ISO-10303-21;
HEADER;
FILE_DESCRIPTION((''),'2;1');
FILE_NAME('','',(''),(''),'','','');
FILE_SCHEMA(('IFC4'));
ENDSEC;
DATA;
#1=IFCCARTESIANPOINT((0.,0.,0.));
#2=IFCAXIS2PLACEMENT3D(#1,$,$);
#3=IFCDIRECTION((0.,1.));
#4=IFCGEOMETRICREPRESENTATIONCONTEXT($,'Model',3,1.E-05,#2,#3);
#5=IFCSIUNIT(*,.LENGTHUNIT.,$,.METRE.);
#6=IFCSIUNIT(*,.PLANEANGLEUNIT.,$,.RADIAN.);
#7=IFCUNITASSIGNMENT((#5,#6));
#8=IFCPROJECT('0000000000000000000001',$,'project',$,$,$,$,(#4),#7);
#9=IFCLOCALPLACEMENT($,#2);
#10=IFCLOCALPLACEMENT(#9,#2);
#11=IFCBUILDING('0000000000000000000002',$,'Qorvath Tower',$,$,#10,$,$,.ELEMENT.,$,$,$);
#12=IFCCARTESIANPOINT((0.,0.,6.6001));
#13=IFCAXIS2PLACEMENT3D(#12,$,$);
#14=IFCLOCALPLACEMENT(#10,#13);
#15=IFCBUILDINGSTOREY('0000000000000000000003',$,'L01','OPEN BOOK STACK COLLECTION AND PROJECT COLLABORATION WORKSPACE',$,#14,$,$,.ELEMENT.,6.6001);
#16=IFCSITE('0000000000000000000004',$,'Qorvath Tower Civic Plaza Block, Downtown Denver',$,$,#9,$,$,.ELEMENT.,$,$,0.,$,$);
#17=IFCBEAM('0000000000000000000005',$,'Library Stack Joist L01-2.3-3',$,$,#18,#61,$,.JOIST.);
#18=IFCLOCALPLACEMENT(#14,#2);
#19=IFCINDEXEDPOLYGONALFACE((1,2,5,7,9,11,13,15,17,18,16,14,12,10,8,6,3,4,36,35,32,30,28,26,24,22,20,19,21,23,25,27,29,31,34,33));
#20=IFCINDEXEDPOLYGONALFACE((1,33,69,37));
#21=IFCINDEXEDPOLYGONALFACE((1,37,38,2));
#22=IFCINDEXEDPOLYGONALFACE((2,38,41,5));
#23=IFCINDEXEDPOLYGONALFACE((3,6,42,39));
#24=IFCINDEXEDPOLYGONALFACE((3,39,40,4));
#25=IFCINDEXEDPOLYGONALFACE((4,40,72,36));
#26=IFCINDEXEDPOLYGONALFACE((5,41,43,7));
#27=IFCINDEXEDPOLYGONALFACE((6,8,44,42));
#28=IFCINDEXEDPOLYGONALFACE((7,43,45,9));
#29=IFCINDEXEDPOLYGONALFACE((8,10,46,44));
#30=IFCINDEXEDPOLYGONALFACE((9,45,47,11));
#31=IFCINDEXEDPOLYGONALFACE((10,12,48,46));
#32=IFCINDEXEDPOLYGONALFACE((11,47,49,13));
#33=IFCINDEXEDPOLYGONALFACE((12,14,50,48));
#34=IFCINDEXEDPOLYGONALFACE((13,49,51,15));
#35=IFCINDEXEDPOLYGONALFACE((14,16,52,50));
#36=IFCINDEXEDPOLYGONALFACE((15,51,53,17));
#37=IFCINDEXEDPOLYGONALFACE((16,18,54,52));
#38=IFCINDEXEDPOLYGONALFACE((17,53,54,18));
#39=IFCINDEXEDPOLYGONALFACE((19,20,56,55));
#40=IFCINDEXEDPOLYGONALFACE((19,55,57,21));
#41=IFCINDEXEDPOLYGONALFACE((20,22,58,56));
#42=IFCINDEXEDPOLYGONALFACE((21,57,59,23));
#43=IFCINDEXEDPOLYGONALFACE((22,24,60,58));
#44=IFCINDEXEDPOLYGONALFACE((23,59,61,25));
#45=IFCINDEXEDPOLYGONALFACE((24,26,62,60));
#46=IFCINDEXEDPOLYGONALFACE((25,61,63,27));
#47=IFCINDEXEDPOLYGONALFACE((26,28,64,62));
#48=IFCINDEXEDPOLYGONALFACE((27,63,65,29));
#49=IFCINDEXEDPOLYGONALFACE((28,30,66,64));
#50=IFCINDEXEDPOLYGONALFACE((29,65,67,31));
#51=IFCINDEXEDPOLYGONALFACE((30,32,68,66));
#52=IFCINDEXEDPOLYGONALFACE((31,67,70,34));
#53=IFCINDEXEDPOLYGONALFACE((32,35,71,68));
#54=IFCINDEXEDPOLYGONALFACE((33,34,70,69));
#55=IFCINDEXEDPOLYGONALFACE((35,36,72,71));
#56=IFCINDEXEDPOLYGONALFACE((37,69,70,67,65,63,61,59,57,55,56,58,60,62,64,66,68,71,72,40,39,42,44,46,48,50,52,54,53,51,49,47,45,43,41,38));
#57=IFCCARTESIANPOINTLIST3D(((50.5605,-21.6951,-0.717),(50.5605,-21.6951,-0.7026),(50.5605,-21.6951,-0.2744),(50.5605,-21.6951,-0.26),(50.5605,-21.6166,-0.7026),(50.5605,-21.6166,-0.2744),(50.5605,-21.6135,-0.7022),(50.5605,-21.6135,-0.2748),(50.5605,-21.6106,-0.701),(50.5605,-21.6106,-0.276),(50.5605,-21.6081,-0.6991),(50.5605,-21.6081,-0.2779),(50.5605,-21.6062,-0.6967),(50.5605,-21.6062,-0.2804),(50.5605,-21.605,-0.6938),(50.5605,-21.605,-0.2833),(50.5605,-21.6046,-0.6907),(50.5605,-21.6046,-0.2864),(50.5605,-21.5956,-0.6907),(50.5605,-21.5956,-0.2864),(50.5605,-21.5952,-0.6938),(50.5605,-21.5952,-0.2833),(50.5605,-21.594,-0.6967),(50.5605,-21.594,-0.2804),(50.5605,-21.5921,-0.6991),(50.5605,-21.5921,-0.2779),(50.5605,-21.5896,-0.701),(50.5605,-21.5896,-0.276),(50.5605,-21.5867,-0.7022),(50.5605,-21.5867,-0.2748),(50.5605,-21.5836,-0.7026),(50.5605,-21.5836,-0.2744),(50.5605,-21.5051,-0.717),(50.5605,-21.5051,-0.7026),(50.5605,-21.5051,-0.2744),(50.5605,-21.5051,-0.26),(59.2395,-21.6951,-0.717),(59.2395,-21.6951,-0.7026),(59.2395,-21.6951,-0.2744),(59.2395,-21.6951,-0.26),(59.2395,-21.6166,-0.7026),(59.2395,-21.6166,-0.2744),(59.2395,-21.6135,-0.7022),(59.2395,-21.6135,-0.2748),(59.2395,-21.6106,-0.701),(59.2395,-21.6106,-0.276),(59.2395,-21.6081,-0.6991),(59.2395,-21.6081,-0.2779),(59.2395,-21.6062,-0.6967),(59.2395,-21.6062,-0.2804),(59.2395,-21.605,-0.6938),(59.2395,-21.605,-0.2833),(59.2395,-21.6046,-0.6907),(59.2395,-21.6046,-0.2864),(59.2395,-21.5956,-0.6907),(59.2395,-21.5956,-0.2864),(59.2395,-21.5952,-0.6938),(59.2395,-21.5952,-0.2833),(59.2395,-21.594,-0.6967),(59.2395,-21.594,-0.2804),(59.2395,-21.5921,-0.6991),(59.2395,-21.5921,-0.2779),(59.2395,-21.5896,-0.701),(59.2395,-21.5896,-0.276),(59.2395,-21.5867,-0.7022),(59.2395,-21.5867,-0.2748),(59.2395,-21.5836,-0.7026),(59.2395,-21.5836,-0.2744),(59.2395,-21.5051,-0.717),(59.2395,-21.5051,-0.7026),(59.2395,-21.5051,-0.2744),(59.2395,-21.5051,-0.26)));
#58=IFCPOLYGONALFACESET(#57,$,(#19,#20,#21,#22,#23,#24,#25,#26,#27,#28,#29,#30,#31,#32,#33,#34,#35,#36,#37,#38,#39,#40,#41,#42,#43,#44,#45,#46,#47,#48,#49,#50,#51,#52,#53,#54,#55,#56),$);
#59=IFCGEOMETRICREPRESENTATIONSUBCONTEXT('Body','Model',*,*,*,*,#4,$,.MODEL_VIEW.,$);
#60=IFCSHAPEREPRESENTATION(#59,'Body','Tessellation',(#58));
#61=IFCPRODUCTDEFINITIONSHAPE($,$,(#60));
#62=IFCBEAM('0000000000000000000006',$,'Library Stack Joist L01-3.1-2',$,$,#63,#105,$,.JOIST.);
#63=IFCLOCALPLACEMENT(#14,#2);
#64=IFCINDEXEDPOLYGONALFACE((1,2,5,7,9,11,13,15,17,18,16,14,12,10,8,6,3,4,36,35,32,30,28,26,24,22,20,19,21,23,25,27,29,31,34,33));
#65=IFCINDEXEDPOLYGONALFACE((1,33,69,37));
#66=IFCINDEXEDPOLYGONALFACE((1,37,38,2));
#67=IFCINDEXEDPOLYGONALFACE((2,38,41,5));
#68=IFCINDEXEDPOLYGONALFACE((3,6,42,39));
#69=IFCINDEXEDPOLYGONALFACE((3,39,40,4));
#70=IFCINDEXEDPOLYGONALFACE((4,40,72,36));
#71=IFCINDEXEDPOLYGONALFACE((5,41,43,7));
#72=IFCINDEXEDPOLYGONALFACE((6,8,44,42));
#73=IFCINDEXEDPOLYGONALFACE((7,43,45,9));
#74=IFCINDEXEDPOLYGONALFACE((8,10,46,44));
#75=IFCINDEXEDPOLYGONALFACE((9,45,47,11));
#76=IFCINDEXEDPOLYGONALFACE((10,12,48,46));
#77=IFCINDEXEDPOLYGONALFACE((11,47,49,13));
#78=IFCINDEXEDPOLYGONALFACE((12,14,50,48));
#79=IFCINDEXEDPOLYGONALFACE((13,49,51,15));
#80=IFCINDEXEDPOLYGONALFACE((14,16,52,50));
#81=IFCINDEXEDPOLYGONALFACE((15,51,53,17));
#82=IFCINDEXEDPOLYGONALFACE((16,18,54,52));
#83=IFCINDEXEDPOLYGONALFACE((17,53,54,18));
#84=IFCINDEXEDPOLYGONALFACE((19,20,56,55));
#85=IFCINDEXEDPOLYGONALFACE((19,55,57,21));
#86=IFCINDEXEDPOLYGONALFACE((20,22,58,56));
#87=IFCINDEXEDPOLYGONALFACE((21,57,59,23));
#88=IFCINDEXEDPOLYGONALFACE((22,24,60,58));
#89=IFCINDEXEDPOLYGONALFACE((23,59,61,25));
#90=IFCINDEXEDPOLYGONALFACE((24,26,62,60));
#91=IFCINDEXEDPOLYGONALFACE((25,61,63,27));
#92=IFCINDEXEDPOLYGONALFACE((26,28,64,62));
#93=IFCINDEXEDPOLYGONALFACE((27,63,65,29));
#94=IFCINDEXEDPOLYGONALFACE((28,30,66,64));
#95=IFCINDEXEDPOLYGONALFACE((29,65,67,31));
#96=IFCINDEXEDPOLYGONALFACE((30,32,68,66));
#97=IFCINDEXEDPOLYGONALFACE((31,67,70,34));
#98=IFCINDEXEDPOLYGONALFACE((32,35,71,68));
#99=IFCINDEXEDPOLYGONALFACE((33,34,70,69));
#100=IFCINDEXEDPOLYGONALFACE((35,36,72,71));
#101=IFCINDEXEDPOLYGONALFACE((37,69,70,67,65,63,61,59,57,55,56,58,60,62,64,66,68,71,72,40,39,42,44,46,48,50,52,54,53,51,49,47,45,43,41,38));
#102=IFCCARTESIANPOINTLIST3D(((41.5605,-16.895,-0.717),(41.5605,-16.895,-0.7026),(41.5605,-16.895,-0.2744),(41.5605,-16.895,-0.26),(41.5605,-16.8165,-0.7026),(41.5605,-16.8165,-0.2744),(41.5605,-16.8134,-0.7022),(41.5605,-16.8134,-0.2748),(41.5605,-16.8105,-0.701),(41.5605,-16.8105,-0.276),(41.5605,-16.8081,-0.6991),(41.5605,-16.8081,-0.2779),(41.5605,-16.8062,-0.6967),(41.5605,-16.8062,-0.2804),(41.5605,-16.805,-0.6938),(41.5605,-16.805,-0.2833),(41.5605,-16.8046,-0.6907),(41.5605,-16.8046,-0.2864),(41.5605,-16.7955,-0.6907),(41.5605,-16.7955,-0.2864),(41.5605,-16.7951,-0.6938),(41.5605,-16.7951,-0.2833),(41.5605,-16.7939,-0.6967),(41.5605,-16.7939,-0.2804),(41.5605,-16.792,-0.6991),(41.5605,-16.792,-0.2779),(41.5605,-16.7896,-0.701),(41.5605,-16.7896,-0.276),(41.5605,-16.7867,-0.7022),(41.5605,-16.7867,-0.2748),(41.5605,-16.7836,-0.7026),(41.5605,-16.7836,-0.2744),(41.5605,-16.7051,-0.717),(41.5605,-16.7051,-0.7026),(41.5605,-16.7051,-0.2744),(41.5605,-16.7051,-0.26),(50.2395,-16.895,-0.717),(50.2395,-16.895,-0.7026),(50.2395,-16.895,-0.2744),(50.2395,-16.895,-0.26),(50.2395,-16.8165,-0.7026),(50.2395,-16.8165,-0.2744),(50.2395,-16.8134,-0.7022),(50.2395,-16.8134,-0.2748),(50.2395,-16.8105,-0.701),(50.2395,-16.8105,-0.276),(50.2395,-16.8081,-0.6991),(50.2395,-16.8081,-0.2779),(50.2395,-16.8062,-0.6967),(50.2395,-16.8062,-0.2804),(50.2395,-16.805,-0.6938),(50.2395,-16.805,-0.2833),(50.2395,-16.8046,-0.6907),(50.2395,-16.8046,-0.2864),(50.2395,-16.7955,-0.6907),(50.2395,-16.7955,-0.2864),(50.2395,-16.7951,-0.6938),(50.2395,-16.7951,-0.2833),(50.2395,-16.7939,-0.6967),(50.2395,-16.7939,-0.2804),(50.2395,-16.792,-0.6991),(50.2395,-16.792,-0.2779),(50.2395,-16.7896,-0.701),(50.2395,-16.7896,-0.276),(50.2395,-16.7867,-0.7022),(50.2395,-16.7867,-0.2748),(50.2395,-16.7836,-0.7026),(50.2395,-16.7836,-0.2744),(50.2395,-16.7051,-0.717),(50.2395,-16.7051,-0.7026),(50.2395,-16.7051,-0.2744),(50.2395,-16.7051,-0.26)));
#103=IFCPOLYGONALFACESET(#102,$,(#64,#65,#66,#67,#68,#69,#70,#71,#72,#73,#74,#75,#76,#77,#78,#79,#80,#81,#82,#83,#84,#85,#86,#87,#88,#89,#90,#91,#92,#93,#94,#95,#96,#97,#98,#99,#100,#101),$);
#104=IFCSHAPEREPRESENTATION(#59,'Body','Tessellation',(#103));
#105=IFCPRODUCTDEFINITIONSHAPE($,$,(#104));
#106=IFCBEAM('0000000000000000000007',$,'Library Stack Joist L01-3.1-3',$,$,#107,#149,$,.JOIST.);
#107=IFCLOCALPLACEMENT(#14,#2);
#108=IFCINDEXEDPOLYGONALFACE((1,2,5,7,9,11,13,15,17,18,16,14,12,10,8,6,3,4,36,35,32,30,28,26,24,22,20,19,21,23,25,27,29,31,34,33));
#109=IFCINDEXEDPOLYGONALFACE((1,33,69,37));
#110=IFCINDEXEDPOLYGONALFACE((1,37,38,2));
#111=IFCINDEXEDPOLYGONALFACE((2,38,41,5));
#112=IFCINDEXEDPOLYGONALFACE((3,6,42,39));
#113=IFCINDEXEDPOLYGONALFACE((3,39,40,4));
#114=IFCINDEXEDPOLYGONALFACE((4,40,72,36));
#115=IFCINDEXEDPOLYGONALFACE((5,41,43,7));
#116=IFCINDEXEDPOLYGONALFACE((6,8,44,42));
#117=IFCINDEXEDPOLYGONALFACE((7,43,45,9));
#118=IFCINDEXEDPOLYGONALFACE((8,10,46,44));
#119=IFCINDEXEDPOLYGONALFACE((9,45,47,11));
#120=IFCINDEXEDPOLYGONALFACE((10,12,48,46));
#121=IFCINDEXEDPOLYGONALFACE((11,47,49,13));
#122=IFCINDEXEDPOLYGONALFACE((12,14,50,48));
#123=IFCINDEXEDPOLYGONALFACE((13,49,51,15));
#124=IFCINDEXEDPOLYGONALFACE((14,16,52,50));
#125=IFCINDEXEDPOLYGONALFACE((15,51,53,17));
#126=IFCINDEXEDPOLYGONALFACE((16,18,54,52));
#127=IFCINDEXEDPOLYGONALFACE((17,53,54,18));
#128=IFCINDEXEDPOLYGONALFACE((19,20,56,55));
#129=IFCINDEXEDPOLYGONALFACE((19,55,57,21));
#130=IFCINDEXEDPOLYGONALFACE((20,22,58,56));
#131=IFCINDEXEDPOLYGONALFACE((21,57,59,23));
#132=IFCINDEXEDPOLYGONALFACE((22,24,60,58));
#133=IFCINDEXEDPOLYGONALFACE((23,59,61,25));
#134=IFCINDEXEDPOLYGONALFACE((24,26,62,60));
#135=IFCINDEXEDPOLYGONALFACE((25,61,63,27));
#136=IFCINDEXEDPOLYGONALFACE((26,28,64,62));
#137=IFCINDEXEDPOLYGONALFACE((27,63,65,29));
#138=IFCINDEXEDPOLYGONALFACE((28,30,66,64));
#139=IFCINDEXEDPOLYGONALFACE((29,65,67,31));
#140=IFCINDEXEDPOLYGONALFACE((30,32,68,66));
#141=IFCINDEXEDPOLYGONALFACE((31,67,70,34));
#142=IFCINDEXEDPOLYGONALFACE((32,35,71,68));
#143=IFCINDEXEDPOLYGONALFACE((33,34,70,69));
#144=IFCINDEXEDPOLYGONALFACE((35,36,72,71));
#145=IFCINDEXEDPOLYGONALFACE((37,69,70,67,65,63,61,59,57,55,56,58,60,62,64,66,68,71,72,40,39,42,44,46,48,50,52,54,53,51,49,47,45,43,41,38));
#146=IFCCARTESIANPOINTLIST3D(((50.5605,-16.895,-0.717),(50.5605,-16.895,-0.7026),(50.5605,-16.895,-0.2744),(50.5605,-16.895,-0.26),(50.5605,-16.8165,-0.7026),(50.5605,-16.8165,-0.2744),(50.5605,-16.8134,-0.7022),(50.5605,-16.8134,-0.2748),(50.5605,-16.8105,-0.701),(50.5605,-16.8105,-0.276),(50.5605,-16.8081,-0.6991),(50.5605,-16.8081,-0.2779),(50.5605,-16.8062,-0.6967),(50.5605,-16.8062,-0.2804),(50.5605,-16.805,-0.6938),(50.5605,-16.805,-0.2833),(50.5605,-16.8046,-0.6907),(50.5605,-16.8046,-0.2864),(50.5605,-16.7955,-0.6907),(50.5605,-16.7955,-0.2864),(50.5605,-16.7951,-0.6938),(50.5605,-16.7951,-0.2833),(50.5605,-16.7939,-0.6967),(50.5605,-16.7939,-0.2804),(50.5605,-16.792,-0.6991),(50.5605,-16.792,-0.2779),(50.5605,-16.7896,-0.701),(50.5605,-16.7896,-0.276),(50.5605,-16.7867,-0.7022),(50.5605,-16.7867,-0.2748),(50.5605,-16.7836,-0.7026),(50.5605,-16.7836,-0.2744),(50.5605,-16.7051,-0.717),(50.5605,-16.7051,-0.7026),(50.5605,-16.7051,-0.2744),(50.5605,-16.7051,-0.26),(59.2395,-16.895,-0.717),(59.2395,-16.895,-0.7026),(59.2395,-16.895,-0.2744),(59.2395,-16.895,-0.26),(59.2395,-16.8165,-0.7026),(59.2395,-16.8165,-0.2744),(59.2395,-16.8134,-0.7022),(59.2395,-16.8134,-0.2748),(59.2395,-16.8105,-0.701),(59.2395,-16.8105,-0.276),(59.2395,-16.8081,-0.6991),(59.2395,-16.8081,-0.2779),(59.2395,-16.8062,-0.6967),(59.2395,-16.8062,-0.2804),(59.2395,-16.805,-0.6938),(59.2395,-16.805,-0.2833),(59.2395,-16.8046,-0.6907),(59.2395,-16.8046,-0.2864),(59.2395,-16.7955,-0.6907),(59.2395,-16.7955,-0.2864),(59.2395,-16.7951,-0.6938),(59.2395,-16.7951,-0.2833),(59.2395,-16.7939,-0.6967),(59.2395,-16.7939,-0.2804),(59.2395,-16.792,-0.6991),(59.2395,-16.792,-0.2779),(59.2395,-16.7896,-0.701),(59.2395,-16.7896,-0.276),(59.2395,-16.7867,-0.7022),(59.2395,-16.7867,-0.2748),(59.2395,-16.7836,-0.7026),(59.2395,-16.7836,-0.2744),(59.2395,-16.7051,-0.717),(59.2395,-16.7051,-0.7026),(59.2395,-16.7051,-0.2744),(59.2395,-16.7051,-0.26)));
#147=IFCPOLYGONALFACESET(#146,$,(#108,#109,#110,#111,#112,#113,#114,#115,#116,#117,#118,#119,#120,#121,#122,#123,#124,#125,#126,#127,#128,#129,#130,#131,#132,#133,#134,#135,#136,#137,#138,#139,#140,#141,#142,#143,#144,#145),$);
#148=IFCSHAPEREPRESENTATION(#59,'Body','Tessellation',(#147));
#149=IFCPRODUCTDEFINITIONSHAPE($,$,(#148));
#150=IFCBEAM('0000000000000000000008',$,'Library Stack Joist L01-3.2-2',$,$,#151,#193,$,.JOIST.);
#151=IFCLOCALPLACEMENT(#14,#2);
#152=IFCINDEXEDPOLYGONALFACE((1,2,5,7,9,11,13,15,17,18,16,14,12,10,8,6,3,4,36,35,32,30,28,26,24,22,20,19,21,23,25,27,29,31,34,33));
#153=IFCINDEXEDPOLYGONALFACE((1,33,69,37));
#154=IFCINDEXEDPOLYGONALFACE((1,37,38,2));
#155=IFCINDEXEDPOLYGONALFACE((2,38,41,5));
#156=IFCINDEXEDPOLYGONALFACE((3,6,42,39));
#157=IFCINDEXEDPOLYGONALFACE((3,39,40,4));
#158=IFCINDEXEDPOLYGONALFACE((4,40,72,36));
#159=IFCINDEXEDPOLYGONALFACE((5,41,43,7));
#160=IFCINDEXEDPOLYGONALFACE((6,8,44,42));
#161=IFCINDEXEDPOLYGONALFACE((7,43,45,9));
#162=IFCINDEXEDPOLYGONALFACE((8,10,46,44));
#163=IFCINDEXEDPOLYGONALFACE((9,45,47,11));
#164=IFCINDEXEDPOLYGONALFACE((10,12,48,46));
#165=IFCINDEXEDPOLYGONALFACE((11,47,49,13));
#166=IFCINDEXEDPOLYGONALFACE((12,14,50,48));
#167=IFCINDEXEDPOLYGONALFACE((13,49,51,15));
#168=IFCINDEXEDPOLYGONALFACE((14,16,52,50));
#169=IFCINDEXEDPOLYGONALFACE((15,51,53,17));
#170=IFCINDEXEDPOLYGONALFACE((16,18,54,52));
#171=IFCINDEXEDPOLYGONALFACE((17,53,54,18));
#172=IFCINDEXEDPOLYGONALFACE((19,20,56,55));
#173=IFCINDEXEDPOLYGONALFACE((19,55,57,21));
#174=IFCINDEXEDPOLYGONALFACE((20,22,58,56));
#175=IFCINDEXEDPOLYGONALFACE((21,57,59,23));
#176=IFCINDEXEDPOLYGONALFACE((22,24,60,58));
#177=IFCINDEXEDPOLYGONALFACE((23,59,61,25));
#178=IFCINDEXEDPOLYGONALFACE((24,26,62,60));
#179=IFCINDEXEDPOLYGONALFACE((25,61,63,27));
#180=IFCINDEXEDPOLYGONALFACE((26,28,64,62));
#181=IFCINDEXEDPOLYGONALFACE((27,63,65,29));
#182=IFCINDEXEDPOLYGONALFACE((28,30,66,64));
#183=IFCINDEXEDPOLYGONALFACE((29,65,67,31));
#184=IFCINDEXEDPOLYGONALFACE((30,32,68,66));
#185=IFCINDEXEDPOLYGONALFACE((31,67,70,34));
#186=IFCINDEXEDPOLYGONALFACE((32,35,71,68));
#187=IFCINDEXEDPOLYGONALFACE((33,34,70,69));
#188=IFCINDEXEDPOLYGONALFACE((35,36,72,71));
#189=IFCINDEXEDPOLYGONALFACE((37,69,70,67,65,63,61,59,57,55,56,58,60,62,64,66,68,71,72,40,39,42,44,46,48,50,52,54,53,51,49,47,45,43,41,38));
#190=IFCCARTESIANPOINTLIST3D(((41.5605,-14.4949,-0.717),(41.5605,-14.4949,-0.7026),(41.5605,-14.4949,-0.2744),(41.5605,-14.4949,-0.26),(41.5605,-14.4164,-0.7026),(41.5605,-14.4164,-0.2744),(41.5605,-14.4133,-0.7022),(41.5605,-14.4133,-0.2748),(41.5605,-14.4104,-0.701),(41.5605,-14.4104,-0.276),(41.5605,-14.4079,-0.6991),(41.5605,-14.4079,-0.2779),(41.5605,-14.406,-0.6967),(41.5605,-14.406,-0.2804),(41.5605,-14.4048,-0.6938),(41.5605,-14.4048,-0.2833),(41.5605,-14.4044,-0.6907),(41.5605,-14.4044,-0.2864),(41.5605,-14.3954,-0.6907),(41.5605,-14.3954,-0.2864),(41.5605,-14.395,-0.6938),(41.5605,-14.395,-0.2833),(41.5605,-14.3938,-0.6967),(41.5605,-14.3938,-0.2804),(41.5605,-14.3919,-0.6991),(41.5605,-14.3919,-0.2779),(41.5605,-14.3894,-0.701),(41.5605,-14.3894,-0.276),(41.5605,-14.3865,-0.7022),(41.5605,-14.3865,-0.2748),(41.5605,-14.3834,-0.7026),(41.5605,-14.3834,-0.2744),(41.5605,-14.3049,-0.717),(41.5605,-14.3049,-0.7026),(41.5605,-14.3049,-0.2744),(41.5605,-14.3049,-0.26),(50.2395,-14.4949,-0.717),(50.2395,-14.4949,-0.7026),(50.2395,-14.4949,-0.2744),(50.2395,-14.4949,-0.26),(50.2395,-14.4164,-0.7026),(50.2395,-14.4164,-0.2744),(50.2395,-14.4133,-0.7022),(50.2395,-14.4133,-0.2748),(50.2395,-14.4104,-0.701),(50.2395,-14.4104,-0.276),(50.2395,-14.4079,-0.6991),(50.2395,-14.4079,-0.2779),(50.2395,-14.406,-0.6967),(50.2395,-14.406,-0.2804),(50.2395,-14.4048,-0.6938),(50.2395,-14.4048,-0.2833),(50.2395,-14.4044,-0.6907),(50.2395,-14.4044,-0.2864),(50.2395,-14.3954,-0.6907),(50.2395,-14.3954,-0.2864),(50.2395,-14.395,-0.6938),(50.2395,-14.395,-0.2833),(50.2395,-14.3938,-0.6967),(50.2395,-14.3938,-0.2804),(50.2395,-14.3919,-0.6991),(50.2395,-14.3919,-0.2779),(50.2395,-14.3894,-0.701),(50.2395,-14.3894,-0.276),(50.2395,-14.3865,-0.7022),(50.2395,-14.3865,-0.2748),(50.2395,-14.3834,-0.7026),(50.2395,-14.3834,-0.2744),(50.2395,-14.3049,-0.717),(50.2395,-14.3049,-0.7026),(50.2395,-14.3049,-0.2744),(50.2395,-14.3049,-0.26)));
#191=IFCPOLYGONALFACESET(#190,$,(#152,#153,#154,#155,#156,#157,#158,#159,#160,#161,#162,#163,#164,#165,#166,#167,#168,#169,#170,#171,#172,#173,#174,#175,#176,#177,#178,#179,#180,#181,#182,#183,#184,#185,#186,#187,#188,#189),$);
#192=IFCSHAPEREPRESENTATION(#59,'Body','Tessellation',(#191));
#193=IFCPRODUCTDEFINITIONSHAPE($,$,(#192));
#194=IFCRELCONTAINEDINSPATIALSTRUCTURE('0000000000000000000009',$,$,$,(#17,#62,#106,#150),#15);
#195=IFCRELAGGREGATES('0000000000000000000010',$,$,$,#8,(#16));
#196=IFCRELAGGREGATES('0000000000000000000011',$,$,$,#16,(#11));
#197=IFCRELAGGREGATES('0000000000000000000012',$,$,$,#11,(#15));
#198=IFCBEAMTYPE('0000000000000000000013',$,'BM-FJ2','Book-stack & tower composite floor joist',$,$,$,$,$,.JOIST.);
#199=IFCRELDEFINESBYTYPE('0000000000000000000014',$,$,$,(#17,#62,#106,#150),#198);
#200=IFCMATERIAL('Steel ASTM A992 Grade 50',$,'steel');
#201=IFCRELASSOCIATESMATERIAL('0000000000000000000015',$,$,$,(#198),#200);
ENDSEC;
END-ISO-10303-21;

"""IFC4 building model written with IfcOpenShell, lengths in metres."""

from ifc_helpers import new_model, si_unit, direction, frame, origin, origin_2d, place, context, subcontext, project, spatial, i_section, extrude, material, material_profile, profile_set, type_object, element, save


model = new_model("IFC4")

# Units and contexts
model_context = context("Model", 3, precision=1e-05, world=origin(), true_north=direction((0.0, 1.0)))
body_context = subcontext(model_context, "Body", "Model", "MODEL_VIEW")
ifc_project = project(units=[si_unit("LENGTHUNIT", "METRE"), si_unit("PLANEANGLEUNIT", "RADIAN")], contexts=[model_context])

# Site, building, storey
site_placement = place(None, origin())
site = spatial("IfcSite", under=ifc_project, at=site_placement, Name="Qorvath Tower Civic Plaza Block, Downtown Denver", CompositionType="ELEMENT", RefElevation=0.0)
building_placement = place(site_placement, origin())
building = spatial("IfcBuilding", under=site, at=building_placement, Name="Qorvath Tower", CompositionType="ELEMENT")
storey_placement = place(building_placement, frame((0.0, 0.0, 6.6001)))
storey = spatial("IfcBuildingStorey", under=building, at=storey_placement, Name="L01", Description="OPEN BOOK STACK COLLECTION AND PROJECT COLLABORATION WORKSPACE", CompositionType="ELEMENT", Elevation=6.6001)

# Beams
ifc_material_1 = material(Name="Steel ASTM A992 Grade 50", Category="steel")
ifc_material_profile_1 = material_profile(ifc_material_1, i_section(OverallWidth=0.1899, OverallDepth=0.457, WebThickness=0.009, FlangeThickness=0.0144, FilletRadius=0.012, at=origin_2d()), Name="W18x50")
ifc_profile_set_1 = profile_set([ifc_material_profile_1], Name="Steel ASTM A992 Grade 50")
beam_type_1 = type_object("IfcBeamType", Name="BM-FJ2", Description="Book-stack & tower composite floor joist", PredefinedType="JOIST", material=ifc_profile_set_1)
for number, where, z_axis, x_axis, name in (
    (1, (50.5605, -21.6001, -0.4885), (1.0, 0.0, 0.0), (0.0, 1.0, 0.0), "Library Stack Joist L01-2.3-3"),
    (2, (41.5605, -16.8, -0.4885), (1.0, 0.0, 0.0), (0.0, 1.0, 0.0), "Library Stack Joist L01-3.1-2"),
    (3, (50.5605, -16.8, -0.4885), (1.0, 0.0, 0.0), (0.0, 1.0, 0.0), "Library Stack Joist L01-3.1-3"),
    (4, (41.5605, -14.3999, -0.4885), (1.0, 0.0, 0.0), (0.0, 1.0, 0.0), "Library Stack Joist L01-3.2-2"),
):
    element("IfcBeam", number, at=place(storey_placement, frame(where, z_axis=z_axis, x_axis=x_axis)), inside=storey, type_object=beam_type_1, Name=name, PredefinedType="JOIST", context=body_context, shape_type="SweptSolid", body=[
        extrude(i_section(OverallWidth=0.1899, OverallDepth=0.457, WebThickness=0.009, FlangeThickness=0.0144, FilletRadius=0.012, at=origin_2d()), origin(), (0.0, 0.0, 1.0), 8.679),
    ])

save(model, "model.ifc")
